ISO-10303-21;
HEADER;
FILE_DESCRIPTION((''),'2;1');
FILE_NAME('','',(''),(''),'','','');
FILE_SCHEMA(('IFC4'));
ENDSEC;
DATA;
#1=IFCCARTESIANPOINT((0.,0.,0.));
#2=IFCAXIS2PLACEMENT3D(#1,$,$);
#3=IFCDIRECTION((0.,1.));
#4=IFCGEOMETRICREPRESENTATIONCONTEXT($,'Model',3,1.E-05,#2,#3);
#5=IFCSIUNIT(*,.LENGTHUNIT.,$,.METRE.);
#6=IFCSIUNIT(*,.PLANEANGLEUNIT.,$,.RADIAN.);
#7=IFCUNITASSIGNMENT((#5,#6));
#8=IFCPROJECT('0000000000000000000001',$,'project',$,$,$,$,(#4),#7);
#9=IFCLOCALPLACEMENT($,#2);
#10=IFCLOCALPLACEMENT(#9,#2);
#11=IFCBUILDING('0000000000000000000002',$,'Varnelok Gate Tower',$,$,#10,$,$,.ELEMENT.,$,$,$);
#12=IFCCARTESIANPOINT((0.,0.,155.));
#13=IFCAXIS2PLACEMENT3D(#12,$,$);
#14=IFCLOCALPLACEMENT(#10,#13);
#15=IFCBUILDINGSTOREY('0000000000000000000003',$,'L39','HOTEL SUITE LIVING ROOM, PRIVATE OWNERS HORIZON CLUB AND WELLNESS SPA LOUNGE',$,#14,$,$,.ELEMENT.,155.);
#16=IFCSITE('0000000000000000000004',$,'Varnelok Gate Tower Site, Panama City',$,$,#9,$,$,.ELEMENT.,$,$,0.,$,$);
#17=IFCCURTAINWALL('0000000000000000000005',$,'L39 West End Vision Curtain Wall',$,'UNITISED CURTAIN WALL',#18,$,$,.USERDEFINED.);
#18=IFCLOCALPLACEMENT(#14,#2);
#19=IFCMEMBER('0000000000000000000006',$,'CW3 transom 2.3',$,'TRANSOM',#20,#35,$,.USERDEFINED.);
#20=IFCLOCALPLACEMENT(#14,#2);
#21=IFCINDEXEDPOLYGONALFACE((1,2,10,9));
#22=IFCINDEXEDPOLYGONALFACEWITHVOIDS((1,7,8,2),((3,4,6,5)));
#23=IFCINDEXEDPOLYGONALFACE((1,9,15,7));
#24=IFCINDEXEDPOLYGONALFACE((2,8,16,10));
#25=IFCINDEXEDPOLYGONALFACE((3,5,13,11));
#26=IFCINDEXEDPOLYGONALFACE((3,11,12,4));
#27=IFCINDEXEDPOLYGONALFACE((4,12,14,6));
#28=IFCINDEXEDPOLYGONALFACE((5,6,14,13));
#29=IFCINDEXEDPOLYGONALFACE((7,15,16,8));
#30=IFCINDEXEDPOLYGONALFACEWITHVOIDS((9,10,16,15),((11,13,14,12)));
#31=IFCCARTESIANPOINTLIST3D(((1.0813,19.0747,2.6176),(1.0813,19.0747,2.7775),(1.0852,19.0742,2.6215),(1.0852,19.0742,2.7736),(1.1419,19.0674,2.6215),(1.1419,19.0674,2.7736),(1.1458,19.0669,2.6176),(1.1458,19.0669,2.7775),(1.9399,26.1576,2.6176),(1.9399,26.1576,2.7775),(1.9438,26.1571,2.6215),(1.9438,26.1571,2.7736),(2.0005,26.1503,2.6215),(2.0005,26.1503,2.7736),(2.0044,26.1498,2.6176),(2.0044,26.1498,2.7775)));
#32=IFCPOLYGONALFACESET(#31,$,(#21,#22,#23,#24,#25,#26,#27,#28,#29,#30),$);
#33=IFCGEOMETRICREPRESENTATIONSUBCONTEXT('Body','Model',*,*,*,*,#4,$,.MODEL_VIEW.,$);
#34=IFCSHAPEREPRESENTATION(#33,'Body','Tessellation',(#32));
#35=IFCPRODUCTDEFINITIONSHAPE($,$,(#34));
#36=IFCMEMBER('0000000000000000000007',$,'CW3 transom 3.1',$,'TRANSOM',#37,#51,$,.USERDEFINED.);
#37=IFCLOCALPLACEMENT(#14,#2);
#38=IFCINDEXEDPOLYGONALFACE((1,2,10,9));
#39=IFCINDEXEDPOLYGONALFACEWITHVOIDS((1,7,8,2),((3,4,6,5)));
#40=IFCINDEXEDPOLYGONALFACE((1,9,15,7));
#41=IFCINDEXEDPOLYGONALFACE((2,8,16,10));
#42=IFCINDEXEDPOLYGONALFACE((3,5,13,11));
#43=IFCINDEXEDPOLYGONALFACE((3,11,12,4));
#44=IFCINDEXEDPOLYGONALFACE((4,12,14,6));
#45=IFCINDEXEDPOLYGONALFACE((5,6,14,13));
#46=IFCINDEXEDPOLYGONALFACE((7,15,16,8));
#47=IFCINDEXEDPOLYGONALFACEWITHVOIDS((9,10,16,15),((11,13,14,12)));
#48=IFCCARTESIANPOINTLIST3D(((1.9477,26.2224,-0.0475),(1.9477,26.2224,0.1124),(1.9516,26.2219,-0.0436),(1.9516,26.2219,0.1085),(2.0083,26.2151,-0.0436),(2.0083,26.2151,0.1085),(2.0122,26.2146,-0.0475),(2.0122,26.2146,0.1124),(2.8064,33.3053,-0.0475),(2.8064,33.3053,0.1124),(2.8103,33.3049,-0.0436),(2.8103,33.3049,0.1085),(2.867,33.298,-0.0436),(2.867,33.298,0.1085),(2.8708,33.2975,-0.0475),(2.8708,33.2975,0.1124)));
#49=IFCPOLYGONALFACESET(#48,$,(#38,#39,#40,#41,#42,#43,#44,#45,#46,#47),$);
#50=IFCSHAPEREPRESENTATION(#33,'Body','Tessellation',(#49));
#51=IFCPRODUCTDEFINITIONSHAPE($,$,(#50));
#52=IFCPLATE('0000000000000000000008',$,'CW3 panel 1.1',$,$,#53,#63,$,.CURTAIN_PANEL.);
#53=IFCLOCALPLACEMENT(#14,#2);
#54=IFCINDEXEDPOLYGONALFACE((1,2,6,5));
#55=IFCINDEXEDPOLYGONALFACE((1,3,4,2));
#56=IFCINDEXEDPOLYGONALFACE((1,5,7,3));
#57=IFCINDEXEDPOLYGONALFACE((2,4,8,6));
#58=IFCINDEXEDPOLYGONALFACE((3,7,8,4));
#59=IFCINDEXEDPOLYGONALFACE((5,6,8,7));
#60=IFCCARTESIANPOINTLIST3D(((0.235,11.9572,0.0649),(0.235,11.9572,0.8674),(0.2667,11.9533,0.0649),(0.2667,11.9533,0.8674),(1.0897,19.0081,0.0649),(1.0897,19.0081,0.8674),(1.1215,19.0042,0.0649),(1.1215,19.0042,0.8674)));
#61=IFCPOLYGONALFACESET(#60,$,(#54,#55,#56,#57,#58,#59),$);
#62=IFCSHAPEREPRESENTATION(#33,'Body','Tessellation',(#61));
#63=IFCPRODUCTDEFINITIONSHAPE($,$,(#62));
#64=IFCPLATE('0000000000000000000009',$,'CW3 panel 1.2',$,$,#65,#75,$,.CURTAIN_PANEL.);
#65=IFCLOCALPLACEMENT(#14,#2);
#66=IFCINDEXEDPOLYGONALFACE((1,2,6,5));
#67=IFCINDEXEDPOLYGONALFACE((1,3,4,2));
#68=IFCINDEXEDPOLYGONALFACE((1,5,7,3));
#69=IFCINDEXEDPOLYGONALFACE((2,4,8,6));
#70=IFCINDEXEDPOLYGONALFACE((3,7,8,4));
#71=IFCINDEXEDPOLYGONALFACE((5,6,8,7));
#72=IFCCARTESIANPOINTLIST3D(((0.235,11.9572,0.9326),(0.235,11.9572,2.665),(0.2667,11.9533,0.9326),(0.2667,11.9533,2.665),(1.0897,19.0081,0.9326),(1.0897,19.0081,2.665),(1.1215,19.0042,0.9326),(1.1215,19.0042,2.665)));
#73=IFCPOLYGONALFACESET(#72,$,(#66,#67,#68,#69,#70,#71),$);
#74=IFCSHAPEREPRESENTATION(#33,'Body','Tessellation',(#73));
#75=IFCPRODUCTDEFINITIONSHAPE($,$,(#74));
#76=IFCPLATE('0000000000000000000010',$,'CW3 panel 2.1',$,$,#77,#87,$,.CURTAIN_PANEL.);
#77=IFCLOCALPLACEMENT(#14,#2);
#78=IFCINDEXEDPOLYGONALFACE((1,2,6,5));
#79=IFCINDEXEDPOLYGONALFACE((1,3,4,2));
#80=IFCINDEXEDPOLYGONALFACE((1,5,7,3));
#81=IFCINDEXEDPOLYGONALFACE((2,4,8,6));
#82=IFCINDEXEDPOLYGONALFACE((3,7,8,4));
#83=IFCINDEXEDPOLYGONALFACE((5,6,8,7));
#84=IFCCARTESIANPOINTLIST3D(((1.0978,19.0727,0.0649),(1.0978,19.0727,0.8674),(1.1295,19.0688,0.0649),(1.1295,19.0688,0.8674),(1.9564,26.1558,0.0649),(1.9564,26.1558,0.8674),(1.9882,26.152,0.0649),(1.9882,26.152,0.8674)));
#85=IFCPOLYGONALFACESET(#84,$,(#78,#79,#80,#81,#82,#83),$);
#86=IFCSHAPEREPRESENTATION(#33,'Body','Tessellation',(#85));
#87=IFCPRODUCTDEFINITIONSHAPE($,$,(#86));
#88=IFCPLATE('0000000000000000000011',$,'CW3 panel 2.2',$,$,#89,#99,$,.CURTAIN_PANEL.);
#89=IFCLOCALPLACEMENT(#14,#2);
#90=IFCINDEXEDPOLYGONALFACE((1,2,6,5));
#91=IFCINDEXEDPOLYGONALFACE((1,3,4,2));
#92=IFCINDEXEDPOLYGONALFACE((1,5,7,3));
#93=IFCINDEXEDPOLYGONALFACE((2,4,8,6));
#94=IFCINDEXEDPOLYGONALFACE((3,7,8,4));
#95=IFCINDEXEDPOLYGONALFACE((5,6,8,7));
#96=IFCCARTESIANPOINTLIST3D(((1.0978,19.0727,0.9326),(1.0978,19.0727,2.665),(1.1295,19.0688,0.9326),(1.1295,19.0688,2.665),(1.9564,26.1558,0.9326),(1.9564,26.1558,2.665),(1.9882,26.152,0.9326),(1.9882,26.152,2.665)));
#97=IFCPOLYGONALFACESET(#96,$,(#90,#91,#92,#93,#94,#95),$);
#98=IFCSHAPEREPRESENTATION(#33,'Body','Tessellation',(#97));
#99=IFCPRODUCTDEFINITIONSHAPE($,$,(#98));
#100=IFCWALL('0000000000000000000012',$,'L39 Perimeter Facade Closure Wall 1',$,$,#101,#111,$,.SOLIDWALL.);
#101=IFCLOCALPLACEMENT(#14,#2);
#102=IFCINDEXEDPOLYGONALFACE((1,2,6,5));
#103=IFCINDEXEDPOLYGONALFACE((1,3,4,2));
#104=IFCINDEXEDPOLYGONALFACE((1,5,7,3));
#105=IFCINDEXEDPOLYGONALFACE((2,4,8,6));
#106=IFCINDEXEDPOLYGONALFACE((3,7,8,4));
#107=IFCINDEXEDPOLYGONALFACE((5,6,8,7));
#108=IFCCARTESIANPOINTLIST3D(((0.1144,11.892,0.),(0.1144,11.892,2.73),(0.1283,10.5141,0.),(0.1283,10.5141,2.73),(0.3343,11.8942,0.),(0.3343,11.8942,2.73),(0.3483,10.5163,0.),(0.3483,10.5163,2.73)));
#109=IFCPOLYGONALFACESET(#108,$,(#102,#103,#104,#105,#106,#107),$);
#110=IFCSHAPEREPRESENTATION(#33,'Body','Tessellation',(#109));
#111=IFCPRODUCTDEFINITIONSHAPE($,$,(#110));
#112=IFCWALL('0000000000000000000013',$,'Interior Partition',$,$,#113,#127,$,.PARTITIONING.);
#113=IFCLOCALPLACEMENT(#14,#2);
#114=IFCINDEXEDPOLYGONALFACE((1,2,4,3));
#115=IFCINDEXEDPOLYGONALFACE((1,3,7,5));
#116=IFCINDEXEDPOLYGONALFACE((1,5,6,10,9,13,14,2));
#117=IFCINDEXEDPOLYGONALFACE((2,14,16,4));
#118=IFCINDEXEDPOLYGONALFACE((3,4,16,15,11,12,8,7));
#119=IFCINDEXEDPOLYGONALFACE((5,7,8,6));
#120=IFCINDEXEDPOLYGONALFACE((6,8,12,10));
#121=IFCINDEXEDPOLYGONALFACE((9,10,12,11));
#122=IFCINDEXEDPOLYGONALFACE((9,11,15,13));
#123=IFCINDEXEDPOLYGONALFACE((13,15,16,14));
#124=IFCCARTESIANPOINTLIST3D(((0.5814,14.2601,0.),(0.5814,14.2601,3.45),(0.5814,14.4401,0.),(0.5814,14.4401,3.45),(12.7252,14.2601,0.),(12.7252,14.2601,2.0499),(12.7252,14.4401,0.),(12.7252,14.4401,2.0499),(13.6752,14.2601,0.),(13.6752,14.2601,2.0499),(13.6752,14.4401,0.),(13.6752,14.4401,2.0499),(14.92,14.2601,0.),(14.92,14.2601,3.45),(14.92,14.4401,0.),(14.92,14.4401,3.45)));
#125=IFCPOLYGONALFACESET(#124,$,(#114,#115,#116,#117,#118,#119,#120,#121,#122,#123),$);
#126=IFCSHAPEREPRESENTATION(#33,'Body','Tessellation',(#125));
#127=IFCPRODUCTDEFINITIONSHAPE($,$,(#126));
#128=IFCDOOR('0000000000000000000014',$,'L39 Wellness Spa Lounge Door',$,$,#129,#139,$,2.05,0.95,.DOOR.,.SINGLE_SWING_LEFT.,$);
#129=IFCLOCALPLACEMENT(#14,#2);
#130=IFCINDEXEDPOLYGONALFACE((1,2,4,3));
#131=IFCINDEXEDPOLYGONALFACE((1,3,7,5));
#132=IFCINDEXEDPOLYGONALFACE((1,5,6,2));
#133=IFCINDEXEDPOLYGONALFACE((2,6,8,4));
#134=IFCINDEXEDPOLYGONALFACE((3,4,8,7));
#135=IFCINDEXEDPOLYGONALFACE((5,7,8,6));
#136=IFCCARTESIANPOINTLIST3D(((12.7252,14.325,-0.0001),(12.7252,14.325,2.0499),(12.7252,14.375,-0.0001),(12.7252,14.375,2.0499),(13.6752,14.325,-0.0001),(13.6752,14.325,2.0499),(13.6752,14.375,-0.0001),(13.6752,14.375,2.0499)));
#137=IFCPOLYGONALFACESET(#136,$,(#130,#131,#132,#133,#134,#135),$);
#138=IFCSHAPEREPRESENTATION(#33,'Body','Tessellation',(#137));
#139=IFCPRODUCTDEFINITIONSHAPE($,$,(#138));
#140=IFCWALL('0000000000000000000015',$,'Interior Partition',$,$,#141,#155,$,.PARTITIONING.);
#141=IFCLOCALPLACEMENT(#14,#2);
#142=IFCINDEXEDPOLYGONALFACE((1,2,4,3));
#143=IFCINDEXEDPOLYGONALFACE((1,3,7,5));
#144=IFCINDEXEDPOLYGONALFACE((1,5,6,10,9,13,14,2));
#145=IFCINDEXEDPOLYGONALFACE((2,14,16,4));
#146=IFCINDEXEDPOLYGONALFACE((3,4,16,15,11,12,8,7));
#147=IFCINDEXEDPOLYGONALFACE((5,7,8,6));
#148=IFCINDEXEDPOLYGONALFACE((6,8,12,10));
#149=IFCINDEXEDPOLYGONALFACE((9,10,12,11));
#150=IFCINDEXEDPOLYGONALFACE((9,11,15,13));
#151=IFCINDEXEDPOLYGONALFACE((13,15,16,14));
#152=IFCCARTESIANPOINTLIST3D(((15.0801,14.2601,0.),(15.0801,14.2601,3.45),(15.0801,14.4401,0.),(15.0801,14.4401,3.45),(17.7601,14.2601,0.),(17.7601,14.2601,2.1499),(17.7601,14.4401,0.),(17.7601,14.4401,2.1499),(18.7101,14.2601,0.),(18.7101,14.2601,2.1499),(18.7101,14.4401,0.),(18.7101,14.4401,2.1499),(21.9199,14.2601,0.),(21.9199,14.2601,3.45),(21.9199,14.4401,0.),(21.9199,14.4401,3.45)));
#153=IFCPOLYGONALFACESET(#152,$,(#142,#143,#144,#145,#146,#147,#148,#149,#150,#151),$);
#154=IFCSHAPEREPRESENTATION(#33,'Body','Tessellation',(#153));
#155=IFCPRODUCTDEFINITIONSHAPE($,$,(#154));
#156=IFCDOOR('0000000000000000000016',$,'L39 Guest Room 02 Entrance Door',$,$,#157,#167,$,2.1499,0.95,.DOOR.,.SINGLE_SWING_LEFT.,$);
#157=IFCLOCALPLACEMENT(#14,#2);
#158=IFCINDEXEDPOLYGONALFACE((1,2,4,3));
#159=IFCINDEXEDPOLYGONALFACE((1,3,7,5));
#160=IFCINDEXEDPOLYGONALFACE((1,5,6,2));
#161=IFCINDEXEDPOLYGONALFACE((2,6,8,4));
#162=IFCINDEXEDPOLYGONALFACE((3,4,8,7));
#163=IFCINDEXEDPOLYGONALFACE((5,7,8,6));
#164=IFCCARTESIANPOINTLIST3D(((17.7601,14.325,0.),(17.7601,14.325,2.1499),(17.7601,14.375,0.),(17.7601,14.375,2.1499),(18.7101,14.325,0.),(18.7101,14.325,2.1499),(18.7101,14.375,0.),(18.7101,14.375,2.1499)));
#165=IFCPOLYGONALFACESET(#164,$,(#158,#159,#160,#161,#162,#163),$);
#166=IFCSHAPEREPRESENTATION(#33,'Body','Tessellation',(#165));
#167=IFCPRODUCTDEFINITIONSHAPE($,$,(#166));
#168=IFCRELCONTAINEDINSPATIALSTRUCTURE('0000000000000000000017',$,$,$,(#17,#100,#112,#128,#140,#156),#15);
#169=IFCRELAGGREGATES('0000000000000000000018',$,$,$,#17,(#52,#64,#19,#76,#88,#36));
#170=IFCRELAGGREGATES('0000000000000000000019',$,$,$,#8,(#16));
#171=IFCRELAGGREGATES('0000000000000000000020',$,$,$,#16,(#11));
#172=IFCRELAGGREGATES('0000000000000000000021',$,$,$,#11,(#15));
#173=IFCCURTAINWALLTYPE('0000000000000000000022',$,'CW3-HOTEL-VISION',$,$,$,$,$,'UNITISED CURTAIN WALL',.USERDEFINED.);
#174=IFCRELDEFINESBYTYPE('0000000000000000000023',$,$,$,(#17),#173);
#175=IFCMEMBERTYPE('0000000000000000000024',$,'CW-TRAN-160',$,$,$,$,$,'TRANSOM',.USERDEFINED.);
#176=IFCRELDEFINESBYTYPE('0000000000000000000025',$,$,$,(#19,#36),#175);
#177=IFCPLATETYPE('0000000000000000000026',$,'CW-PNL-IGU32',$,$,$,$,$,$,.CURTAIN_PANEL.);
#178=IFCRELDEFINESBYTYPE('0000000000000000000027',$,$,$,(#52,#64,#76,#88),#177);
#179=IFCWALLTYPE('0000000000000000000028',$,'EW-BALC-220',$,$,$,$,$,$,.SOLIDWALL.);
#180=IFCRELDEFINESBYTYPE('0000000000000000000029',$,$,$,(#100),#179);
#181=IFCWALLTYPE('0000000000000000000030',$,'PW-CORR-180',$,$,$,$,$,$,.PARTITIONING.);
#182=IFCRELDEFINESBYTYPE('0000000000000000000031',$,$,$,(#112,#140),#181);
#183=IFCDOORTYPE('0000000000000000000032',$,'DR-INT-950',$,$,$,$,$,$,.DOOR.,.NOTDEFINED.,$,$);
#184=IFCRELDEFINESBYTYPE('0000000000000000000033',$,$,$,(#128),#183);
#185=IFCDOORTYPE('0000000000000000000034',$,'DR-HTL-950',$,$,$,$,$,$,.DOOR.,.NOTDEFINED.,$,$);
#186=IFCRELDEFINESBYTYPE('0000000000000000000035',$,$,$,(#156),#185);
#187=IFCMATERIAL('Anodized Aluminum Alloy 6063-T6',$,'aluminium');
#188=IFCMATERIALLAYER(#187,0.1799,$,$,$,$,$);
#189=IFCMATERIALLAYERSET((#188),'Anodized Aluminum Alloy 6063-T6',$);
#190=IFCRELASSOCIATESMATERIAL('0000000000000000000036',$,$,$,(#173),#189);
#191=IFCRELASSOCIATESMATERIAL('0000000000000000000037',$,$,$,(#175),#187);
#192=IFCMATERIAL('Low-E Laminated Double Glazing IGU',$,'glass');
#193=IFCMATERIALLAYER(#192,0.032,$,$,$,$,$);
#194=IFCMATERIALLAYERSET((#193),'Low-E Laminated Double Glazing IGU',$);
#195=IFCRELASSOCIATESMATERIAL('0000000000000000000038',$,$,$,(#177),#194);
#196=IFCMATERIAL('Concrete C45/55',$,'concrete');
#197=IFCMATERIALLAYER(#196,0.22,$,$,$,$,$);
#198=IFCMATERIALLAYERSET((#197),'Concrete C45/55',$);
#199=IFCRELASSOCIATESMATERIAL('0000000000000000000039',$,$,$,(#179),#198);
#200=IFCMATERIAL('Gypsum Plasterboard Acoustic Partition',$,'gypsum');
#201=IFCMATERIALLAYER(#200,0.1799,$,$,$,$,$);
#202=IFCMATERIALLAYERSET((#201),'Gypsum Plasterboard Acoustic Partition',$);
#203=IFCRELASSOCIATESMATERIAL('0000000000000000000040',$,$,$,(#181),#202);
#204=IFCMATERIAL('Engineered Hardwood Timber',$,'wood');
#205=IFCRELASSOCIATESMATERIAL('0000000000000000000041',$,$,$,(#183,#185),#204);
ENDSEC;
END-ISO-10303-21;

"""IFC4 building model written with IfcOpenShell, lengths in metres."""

from ifc_helpers import new_model, si_unit, direction, frame, frame_2d, origin, origin_2d, place, context, subcontext, project, spatial, rectangle, hollow_rectangle, extrude, source, transform, mapped, material, layer, layer_set, material_profile, profile_set, type_object, element, fill, aggregate, save


model = new_model("IFC4")

# Units and contexts
model_context = context("Model", 3, precision=1e-05, world=origin(), true_north=direction((0.0, 1.0)))
body_context = subcontext(model_context, "Body", "Model", "MODEL_VIEW")
ifc_project = project(units=[si_unit("LENGTHUNIT", "METRE"), si_unit("PLANEANGLEUNIT", "RADIAN")], contexts=[model_context])

# Site, building, storey
site_placement = place(None, origin())
site = spatial("IfcSite", under=ifc_project, at=site_placement, Name="Varnelok Gate Tower Site, Panama City", CompositionType="ELEMENT", RefElevation=0.0)
building_placement = place(site_placement, origin())
building = spatial("IfcBuilding", under=site, at=building_placement, Name="Varnelok Gate Tower", CompositionType="ELEMENT")
storey_placement = place(building_placement, frame((0.0, 0.0, 155.0)))
storey = spatial("IfcBuildingStorey", under=building, at=storey_placement, Name="L39", Description="HOTEL SUITE LIVING ROOM, PRIVATE OWNERS HORIZON CLUB AND WELLNESS SPA LOUNGE", CompositionType="ELEMENT", Elevation=155.0)

# Curtain wall, members, plates
ifc_material_1 = material(Name="Anodized Aluminum Alloy 6063-T6", Category="aluminium")
ifc_layer_1 = layer(ifc_material_1, 0.1799)
ifc_layer_set_1 = layer_set([ifc_layer_1], Name="Anodized Aluminum Alloy 6063-T6")
curtain_wall_type = type_object("IfcCurtainWallType", Name="CW3-HOTEL-VISION", ElementType="UNITISED CURTAIN WALL", PredefinedType="USERDEFINED", material=ifc_layer_set_1)
curtain_wall_placement = place(storey_placement, origin())
curtain_wall = element("IfcCurtainWall", 1, at=curtain_wall_placement, inside=storey, type_object=curtain_wall_type, Name="L39 West End Vision Curtain Wall", ObjectType="UNITISED CURTAIN WALL", PredefinedType="USERDEFINED")
ifc_material_profile_1 = material_profile(ifc_material_1, hollow_rectangle(XDim=0.0649, YDim=0.1599, WallThickness=0.0039, at=origin_2d()), Name="ALU160X65X4")
ifc_profile_set_1 = profile_set([ifc_material_profile_1], Name="Anodized Aluminum Alloy 6063-T6")
member_type_1 = type_object("IfcMemberType", Name="CW-TRAN-160", ElementType="TRANSOM", PredefinedType="USERDEFINED", material=ifc_profile_set_1)
member_1_placement = place(storey_placement, frame((1.1135, 19.0708, 2.6975), z_axis=(0.120345, 0.992732, 0.0), x_axis=(-0.992732, 0.120345, 0.0)))
member_1 = element("IfcMember", 2, at=member_1_placement, type_object=member_type_1, Name="CW3 transom 2.3", ObjectType="TRANSOM", PredefinedType="USERDEFINED", context=body_context, shape_type="SweptSolid", body=[
    extrude(hollow_rectangle(XDim=0.0649, YDim=0.1599, WallThickness=0.0039, at=origin_2d()), origin(), (0.0, 0.0, 1.0), 7.1348),
])
member_2_placement = place(storey_placement, frame((1.98, 26.2185, 0.0325), z_axis=(0.120345, 0.992732, 0.0), x_axis=(-0.992732, 0.120345, 0.0)))
member_2 = element("IfcMember", 3, at=member_2_placement, type_object=member_type_1, Name="CW3 transom 3.1", ObjectType="TRANSOM", PredefinedType="USERDEFINED", context=body_context, shape_type="SweptSolid", body=[
    extrude(hollow_rectangle(XDim=0.0649, YDim=0.1599, WallThickness=0.0039, at=origin_2d()), origin(), (0.0, 0.0, 1.0), 7.1348),
])
ifc_material_2 = material(Name="Low-E Laminated Double Glazing IGU", Category="glass")
ifc_layer_2 = layer(ifc_material_2, 0.032)
ifc_layer_set_2 = layer_set([ifc_layer_2], Name="Low-E Laminated Double Glazing IGU")
plate_type = type_object("IfcPlateType", Name="CW-PNL-IGU32", PredefinedType="CURTAIN_PANEL", material=ifc_layer_set_2)
shared_shape_1 = source(origin(), body_context, "Body", "SweptSolid", [
    extrude(rectangle(XDim=7.1025, YDim=0.032, at=origin_2d()), origin(), (0.0, 0.0, 1.0), 0.8025),
])
plate_1_placement = place(storey_placement, frame((0.6782, 15.4807, 0.0649), z_axis=(0.0, 0.0, 1.0), x_axis=(0.120347, 0.992732, 0.0)))
plate_1 = element("IfcPlate", 4, at=plate_1_placement, type_object=plate_type, Name="CW3 panel 1.1", PredefinedType="CURTAIN_PANEL", context=body_context, shape_type="MappedRepresentation", body=[
    mapped(shared_shape_1, transform((0.0, 0.0, 0.0), scale=1.0)),
])
shared_shape_2 = source(origin(), body_context, "Body", "SweptSolid", [
    extrude(rectangle(XDim=7.1025, YDim=0.032, at=origin_2d()), origin(), (0.0, 0.0, 1.0), 1.7324),
])
plate_2_placement = place(storey_placement, frame((0.6782, 15.4807, 0.9326), z_axis=(0.0, 0.0, 1.0), x_axis=(0.120347, 0.992732, 0.0)))
plate_2 = element("IfcPlate", 5, at=plate_2_placement, type_object=plate_type, Name="CW3 panel 1.2", PredefinedType="CURTAIN_PANEL", context=body_context, shape_type="MappedRepresentation", body=[
    mapped(shared_shape_2, transform((0.0, 0.0, 0.0), scale=1.0)),
])
shared_shape_3 = source(origin(), body_context, "Body", "SweptSolid", [
    extrude(rectangle(XDim=7.135, YDim=0.032, at=origin_2d()), origin(), (0.0, 0.0, 1.0), 0.8025),
])
plate_3_placement = place(storey_placement, frame((1.543, 22.6123, 0.0649), z_axis=(0.0, 0.0, 1.0), x_axis=(0.120347, 0.992732, 0.0)))
plate_3 = element("IfcPlate", 6, at=plate_3_placement, type_object=plate_type, Name="CW3 panel 2.1", PredefinedType="CURTAIN_PANEL", context=body_context, shape_type="MappedRepresentation", body=[
    mapped(shared_shape_3, transform((0.0, 0.0, 0.0), scale=1.0)),
])
shared_shape_4 = source(origin(), body_context, "Body", "SweptSolid", [
    extrude(rectangle(XDim=7.135, YDim=0.032, at=origin_2d()), origin(), (0.0, 0.0, 1.0), 1.7324),
])
plate_4_placement = place(storey_placement, frame((1.543, 22.6123, 0.9326), z_axis=(0.0, 0.0, 1.0), x_axis=(0.120347, 0.992732, 0.0)))
plate_4 = element("IfcPlate", 7, at=plate_4_placement, type_object=plate_type, Name="CW3 panel 2.2", PredefinedType="CURTAIN_PANEL", context=body_context, shape_type="MappedRepresentation", body=[
    mapped(shared_shape_4, transform((0.0, 0.0, 0.0), scale=1.0)),
])
aggregate(curtain_wall, [plate_1, plate_2, member_1, plate_3, plate_4, member_2])

# Wall
ifc_material_3 = material(Name="Concrete C45/55", Category="concrete")
ifc_layer_3 = layer(ifc_material_3, 0.22)
ifc_layer_set_3 = layer_set([ifc_layer_3], Name="Concrete C45/55")
wall_type_1 = type_object("IfcWallType", Name="EW-BALC-220", PredefinedType="SOLIDWALL", material=ifc_layer_set_3)
wall_1_placement = place(storey_placement, frame((0.2244, 11.8931, 0.0), z_axis=(0.0, 0.0, 1.0), x_axis=(0.010099, -0.999949, 0.0)))
element("IfcWall", 8, at=wall_1_placement, inside=storey, type_object=wall_type_1, Name="L39 Perimeter Facade Closure Wall 1", PredefinedType="SOLIDWALL", context=body_context, shape_type="SweptSolid", body=[
    extrude(rectangle(XDim=1.3779, YDim=0.22, at=frame_2d((0.689, 0.0))), origin(), (0.0, 0.0, 1.0), 2.73),
])

# Walls, openings, doors
ifc_material_4 = material(Name="Gypsum Plasterboard Acoustic Partition", Category="gypsum")
ifc_layer_4 = layer(ifc_material_4, 0.1799)
ifc_layer_set_4 = layer_set([ifc_layer_4], Name="Gypsum Plasterboard Acoustic Partition")
wall_type_2 = type_object("IfcWallType", Name="PW-CORR-180", PredefinedType="PARTITIONING", material=ifc_layer_set_4)
wall_2_placement = place(storey_placement, frame((0.5813, 14.3501, 0.0), z_axis=(0.0, 0.0, 1.0), x_axis=(1.0, 0.0, 0.0)))
wall_2 = element("IfcWall", 9, at=wall_2_placement, inside=storey, type_object=wall_type_2, Name="Interior Partition", PredefinedType="PARTITIONING", context=body_context, shape_type="SweptSolid", body=[
    extrude(rectangle(XDim=14.3386, YDim=0.1799, at=frame_2d((7.1694, 0.0))), origin(), (0.0, 0.0, 1.0), 3.45),
])
opening_1_placement = place(wall_2_placement, frame((12.1438, 0.0, 0.0)))
opening_1 = element("IfcOpeningElement", 10, at=opening_1_placement, cuts=wall_2, PredefinedType="OPENING", context=body_context, shape_type="SweptSolid", body=[
    extrude(rectangle(XDim=0.95, YDim=2.05, at=frame_2d((0.4751, 1.0249))), frame((0.0, 0.0999, 0.0), z_axis=(0.0, -1.0, 0.0), x_axis=(1.0, 0.0, 0.0)), (0.0, 0.0, 1.0), 0.2),
])
ifc_material_5 = material(Name="Engineered Hardwood Timber", Category="wood")
door_type_1 = type_object("IfcDoorType", Name="DR-INT-950", OperationType="NOTDEFINED", PredefinedType="DOOR", material=ifc_material_5)
door_1_placement = place(opening_1_placement, origin())
door_1 = element("IfcDoor", 11, at=door_1_placement, inside=storey, type_object=door_type_1, Name="L39 Wellness Spa Lounge Door", OperationType="SINGLE_SWING_LEFT", OverallHeight=2.05, OverallWidth=0.95, PredefinedType="DOOR", context=body_context, shape_type="SweptSolid", body=[
    extrude(rectangle(XDim=0.95, YDim=2.05, at=frame_2d((0.4751, 1.0249))), frame((0.0, 0.0249, 0.0), z_axis=(0.0, -1.0, 0.0), x_axis=(1.0, 0.0, 0.0)), (0.0, 0.0, 1.0), 0.05),
])
fill(opening_1, door_1)
wall_3_placement = place(storey_placement, frame((15.0801, 14.3501, 0.0), z_axis=(0.0, 0.0, 1.0), x_axis=(1.0, 0.0, 0.0)))
wall_3 = element("IfcWall", 12, at=wall_3_placement, inside=storey, type_object=wall_type_2, Name="Interior Partition", PredefinedType="PARTITIONING", context=body_context, shape_type="SweptSolid", body=[
    extrude(rectangle(XDim=6.8398, YDim=0.1799, at=frame_2d((3.4199, 0.0))), origin(), (0.0, 0.0, 1.0), 3.45),
])
opening_2_placement = place(wall_3_placement, frame((2.6799, 0.0, 0.0)))
opening_2 = element("IfcOpeningElement", 13, at=opening_2_placement, cuts=wall_3, PredefinedType="OPENING", context=body_context, shape_type="SweptSolid", body=[
    extrude(rectangle(XDim=0.95, YDim=2.1499, at=frame_2d((0.4751, 1.075))), frame((0.0, 0.0999, 0.0), z_axis=(0.0, -1.0, 0.0), x_axis=(1.0, 0.0, 0.0)), (0.0, 0.0, 1.0), 0.2),
])
door_type_2 = type_object("IfcDoorType", Name="DR-HTL-950", OperationType="NOTDEFINED", PredefinedType="DOOR", material=ifc_material_5)
door_2_placement = place(opening_2_placement, origin())
door_2 = element("IfcDoor", 14, at=door_2_placement, inside=storey, type_object=door_type_2, Name="L39 Guest Room 02 Entrance Door", OperationType="SINGLE_SWING_LEFT", OverallHeight=2.1499, OverallWidth=0.95, PredefinedType="DOOR", context=body_context, shape_type="SweptSolid", body=[
    extrude(rectangle(XDim=0.95, YDim=2.1499, at=frame_2d((0.4751, 1.075))), frame((0.0, 0.0249, 0.0), z_axis=(0.0, -1.0, 0.0), x_axis=(1.0, 0.0, 0.0)), (0.0, 0.0, 1.0), 0.05),
])
fill(opening_2, door_2)

save(model, "model.ifc")
